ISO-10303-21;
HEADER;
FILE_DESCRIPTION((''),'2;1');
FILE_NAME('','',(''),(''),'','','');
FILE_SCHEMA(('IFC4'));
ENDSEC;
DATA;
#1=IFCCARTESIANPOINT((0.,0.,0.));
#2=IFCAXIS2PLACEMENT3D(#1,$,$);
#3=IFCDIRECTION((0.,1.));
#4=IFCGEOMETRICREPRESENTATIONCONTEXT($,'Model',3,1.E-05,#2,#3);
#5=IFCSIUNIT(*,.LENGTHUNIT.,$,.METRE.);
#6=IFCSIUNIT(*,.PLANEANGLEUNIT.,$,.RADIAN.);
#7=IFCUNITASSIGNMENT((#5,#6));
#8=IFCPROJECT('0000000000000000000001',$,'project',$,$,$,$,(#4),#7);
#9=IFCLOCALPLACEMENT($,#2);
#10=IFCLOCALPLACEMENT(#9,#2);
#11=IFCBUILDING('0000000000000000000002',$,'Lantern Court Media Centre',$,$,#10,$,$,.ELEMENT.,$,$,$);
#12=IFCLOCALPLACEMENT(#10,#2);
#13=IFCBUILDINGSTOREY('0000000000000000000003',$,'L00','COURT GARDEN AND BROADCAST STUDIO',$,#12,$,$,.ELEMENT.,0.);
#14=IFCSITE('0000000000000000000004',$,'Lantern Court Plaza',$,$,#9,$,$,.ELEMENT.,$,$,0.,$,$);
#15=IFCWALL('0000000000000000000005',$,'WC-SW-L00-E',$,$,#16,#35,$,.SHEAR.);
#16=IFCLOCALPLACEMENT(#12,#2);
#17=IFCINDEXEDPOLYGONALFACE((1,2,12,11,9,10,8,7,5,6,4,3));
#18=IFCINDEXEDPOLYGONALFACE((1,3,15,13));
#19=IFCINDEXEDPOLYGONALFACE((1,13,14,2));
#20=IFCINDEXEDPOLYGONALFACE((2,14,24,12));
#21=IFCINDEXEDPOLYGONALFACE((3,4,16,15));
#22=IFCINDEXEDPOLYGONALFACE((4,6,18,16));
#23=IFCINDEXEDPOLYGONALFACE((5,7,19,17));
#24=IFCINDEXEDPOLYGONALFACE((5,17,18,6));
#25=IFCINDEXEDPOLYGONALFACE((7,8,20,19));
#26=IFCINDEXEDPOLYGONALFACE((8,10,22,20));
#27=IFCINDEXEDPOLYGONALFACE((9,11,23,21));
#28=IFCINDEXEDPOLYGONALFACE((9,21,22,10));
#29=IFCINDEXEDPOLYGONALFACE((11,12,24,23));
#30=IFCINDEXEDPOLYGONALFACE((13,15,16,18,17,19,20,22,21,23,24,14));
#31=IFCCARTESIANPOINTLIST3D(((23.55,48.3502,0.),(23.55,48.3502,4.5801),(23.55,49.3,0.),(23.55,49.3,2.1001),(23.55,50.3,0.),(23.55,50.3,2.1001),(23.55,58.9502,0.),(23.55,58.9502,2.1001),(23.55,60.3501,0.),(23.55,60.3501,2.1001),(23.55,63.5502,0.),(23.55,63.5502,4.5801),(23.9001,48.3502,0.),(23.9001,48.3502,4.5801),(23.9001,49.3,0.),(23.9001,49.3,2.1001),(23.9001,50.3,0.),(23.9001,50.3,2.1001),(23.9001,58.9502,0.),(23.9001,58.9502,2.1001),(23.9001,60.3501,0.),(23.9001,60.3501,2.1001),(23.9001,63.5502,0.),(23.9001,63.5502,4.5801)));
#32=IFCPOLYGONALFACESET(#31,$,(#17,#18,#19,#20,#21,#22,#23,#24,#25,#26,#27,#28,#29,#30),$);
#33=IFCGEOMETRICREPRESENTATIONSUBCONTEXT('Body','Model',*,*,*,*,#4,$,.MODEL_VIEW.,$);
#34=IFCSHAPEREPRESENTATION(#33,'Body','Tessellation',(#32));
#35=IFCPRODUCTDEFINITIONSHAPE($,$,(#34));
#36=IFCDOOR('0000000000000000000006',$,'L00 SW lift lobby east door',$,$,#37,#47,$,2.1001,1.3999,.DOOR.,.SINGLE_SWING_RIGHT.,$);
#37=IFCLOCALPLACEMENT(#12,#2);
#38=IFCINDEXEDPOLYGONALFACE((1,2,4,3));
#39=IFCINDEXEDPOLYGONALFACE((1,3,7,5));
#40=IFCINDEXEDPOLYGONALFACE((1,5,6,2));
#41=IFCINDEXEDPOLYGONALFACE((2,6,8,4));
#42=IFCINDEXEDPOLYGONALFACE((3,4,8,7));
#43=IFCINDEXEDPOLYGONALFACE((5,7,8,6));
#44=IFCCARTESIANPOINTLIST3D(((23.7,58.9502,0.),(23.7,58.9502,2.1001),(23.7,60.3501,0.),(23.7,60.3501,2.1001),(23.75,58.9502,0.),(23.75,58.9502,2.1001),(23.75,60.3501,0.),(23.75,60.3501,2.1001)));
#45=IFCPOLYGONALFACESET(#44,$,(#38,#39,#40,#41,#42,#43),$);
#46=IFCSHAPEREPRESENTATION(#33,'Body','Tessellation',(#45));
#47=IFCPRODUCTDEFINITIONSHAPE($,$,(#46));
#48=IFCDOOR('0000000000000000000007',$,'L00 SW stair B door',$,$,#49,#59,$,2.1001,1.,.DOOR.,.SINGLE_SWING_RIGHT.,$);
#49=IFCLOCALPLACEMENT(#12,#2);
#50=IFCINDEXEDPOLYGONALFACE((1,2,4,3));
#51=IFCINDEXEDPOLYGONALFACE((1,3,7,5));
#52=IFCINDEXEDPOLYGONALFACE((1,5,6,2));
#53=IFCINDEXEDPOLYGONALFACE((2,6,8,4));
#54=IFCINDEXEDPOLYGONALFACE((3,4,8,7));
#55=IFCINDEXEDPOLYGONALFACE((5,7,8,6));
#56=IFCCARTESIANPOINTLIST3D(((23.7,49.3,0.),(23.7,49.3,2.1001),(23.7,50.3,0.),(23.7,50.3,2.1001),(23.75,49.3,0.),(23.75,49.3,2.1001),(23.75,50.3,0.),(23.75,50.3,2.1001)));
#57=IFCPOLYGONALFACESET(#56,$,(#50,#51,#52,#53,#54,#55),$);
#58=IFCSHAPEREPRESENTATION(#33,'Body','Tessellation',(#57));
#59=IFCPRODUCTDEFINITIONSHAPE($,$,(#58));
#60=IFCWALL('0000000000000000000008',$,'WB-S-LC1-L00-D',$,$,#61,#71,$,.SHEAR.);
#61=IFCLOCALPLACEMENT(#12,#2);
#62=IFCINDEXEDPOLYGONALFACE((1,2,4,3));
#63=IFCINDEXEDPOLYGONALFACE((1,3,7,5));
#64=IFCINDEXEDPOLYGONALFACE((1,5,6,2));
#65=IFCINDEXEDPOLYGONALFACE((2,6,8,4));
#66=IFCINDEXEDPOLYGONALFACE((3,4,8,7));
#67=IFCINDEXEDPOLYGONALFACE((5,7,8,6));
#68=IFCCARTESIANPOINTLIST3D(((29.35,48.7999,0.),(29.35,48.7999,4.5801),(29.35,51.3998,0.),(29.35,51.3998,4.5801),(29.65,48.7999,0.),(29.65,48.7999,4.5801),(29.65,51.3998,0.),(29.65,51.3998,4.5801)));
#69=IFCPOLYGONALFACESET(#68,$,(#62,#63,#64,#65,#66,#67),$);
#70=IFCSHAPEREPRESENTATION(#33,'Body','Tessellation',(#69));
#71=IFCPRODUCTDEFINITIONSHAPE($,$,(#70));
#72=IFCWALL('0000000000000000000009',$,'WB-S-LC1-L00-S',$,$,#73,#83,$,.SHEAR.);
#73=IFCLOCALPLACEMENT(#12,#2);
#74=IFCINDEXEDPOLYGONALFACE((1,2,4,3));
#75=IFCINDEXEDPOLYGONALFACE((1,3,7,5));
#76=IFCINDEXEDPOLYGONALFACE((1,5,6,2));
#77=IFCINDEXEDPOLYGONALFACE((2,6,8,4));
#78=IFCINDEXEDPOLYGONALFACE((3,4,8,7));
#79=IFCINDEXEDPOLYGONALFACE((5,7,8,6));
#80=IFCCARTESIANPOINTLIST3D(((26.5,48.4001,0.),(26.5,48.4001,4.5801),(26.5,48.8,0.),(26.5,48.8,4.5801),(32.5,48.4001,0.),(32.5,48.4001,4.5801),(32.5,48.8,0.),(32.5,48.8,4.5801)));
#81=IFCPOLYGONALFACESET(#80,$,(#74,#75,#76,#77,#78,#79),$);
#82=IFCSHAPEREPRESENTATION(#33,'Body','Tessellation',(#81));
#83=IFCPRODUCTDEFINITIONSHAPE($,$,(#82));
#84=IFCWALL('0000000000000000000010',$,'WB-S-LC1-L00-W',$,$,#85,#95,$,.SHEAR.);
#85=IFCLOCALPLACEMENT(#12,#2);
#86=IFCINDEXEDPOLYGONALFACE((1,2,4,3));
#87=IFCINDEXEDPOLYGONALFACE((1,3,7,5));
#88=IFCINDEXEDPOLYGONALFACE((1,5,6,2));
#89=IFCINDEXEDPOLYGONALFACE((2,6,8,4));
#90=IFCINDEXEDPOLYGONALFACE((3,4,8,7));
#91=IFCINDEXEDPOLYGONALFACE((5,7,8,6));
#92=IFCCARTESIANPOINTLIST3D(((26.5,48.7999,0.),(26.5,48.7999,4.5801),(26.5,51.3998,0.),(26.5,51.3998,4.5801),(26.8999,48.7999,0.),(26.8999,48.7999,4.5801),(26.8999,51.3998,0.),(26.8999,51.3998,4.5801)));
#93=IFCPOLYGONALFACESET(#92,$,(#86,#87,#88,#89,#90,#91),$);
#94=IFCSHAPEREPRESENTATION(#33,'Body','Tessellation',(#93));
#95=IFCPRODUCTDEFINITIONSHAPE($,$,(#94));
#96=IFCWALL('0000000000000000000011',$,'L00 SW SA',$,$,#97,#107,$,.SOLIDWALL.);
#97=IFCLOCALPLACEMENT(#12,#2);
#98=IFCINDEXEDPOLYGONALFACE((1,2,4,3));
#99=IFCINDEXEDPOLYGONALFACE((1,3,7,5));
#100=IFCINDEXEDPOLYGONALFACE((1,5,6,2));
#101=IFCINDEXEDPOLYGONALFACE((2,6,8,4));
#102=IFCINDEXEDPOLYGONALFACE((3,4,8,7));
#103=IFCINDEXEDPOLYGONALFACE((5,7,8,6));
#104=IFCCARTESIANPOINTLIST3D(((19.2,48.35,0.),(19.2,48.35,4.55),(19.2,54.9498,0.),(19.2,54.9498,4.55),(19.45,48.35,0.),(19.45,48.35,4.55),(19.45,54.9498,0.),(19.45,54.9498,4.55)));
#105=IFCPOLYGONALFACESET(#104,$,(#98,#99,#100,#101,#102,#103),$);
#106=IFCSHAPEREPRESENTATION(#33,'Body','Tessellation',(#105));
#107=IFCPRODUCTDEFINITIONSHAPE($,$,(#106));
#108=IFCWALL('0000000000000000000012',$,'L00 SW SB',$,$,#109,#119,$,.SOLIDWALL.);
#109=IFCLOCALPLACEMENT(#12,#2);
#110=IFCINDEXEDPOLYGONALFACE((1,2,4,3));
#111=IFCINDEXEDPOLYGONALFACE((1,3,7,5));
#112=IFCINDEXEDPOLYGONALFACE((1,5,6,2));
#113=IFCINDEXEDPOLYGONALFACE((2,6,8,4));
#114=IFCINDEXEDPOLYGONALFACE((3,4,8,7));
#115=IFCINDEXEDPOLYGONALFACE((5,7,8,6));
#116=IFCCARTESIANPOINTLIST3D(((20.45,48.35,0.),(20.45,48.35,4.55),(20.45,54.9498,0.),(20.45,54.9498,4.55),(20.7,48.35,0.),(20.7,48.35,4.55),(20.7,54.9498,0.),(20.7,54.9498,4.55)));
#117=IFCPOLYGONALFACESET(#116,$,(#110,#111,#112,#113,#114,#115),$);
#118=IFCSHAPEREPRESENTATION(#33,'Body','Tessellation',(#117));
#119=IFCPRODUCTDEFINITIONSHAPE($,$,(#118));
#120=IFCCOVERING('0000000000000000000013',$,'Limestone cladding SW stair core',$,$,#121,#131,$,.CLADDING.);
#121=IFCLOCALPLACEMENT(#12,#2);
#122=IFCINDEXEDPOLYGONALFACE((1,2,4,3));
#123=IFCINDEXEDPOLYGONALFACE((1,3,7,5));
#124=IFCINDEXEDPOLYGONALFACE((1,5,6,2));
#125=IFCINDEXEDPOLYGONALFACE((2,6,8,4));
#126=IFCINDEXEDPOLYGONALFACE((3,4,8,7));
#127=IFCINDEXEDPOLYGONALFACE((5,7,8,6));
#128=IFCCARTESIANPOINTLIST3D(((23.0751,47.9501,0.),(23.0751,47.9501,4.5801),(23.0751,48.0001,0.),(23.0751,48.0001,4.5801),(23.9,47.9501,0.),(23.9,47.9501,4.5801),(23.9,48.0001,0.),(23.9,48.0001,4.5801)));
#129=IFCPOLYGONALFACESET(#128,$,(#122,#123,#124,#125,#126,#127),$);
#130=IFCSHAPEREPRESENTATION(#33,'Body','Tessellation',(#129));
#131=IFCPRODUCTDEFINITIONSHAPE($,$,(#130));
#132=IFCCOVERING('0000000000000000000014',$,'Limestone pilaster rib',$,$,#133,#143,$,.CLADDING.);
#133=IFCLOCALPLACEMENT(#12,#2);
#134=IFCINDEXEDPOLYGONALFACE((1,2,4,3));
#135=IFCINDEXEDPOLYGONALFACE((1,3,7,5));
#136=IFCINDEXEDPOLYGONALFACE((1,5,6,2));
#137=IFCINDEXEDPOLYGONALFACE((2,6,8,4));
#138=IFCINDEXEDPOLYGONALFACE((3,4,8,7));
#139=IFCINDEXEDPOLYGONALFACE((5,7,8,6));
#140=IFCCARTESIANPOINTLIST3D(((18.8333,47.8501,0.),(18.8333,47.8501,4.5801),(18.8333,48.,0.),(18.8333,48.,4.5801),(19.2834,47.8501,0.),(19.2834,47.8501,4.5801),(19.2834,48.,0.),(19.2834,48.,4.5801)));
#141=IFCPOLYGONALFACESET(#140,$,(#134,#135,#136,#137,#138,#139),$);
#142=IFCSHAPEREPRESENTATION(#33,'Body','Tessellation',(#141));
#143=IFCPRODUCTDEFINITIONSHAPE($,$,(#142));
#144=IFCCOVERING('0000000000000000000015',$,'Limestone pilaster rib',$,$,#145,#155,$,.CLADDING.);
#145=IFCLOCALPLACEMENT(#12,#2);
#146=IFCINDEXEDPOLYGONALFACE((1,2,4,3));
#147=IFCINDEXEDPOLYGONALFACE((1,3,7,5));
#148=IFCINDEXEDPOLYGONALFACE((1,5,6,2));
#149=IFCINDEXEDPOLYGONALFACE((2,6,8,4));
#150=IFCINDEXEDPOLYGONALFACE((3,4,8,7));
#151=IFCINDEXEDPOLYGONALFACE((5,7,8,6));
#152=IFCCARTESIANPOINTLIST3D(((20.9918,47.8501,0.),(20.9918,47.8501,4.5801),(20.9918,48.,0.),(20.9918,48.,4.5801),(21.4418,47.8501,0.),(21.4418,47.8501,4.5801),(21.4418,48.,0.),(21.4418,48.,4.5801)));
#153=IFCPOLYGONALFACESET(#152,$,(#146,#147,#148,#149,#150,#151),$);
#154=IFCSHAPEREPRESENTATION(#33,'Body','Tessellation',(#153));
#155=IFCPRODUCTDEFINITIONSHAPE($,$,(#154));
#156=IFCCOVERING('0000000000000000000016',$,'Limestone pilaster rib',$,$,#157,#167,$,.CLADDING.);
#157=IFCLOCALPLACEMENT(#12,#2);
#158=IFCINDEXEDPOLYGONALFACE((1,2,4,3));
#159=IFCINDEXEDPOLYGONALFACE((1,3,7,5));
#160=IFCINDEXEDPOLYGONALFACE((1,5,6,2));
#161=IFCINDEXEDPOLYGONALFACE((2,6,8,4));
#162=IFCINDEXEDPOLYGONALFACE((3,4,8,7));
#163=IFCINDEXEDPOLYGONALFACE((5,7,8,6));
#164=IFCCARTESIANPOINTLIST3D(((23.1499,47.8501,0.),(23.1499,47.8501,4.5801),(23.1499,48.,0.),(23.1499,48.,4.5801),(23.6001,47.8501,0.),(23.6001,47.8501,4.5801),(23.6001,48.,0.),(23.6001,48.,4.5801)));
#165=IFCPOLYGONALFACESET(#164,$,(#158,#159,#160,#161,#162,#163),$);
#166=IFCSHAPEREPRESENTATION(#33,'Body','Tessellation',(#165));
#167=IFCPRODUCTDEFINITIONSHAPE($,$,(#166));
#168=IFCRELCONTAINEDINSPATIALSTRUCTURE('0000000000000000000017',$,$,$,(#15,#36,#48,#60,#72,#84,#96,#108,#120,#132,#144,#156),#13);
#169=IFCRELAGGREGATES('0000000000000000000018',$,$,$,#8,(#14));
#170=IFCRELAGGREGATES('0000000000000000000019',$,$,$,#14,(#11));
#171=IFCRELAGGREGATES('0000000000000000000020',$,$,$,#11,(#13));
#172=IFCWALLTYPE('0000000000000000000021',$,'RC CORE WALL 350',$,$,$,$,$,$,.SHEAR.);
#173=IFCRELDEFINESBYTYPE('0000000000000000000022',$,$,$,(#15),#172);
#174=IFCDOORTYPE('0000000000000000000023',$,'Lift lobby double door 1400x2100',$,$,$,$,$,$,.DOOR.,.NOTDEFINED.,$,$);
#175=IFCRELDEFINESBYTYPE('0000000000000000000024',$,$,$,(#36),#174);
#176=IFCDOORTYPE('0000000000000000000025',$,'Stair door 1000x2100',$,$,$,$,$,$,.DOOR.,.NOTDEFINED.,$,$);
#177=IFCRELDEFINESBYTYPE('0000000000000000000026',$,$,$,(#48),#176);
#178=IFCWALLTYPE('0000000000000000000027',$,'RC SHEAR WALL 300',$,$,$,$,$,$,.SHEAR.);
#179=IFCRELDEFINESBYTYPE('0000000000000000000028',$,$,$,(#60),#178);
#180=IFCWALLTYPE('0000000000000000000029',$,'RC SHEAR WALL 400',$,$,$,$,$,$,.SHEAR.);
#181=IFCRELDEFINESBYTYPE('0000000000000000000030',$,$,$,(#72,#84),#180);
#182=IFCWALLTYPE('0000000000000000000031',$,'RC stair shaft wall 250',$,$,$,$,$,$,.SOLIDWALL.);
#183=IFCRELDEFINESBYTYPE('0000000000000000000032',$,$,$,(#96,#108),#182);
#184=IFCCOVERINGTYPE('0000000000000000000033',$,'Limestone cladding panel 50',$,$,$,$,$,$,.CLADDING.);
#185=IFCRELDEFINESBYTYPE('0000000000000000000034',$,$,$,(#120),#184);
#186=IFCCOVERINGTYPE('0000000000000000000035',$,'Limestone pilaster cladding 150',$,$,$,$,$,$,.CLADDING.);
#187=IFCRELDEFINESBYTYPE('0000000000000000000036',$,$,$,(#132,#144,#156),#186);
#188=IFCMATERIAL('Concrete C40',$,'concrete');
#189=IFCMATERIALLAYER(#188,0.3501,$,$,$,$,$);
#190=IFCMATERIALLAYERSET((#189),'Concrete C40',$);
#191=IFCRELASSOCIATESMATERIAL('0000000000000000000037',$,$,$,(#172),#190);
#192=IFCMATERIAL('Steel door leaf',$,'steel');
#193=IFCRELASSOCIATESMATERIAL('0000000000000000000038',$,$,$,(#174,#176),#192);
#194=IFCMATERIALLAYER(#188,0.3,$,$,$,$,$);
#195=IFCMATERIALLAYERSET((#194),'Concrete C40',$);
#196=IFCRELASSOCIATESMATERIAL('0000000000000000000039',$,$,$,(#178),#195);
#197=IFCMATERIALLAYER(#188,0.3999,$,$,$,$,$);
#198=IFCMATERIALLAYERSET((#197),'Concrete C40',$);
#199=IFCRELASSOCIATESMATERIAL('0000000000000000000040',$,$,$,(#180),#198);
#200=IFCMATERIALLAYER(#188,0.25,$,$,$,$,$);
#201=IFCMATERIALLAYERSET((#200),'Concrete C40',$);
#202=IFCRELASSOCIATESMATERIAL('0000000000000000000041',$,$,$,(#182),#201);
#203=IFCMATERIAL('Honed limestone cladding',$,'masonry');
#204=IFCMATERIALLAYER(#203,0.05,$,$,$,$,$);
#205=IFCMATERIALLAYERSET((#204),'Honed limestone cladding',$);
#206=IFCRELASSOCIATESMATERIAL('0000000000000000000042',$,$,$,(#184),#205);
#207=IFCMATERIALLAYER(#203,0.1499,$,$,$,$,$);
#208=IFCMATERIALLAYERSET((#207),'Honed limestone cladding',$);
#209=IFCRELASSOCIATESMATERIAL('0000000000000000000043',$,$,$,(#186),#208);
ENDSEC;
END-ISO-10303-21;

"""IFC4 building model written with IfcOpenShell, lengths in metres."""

from ifc_helpers import new_model, si_unit, direction, frame, frame_2d, origin, place, context, subcontext, project, spatial, rectangle, extrude, material, layer, layer_set, type_object, element, fill, save


model = new_model("IFC4")

# Units and contexts
model_context = context("Model", 3, precision=1e-05, world=origin(), true_north=direction((0.0, 1.0)))
body_context = subcontext(model_context, "Body", "Model", "MODEL_VIEW")
ifc_project = project(units=[si_unit("LENGTHUNIT", "METRE"), si_unit("PLANEANGLEUNIT", "RADIAN")], contexts=[model_context])

# Site, building, storey
site_placement = place(None, origin())
site = spatial("IfcSite", under=ifc_project, at=site_placement, Name="Lantern Court Plaza", CompositionType="ELEMENT", RefElevation=0.0)
building_placement = place(site_placement, origin())
building = spatial("IfcBuilding", under=site, at=building_placement, Name="Lantern Court Media Centre", CompositionType="ELEMENT")
storey_placement = place(building_placement, origin())
storey = spatial("IfcBuildingStorey", under=building, at=storey_placement, Name="L00", Description="COURT GARDEN AND BROADCAST STUDIO", CompositionType="ELEMENT", Elevation=0.0)

# Wall, openings, doors
ifc_material_1 = material(Name="Concrete C40", Category="concrete")
ifc_layer_1 = layer(ifc_material_1, 0.3501)
ifc_layer_set_1 = layer_set([ifc_layer_1], Name="Concrete C40")
wall_type_1 = type_object("IfcWallType", Name="RC CORE WALL 350", PredefinedType="SHEAR", material=ifc_layer_set_1)
wall_1_placement = place(storey_placement, frame((23.7251, 48.3501, 0.0), z_axis=(0.0, 0.0, 1.0), x_axis=(0.0, 1.0, 0.0)))
wall_1 = element("IfcWall", 1, at=wall_1_placement, inside=storey, type_object=wall_type_1, Name="WC-SW-L00-E", PredefinedType="SHEAR", context=body_context, shape_type="SweptSolid", body=[
    extrude(rectangle(XDim=15.2, YDim=0.3501, at=frame_2d((7.6001, 0.0))), origin(), (0.0, 0.0, 1.0), 4.5801),
])
opening_1_placement = place(wall_1_placement, frame((0.95, 0.0, 0.0)))
opening_1 = element("IfcOpeningElement", 2, at=opening_1_placement, cuts=wall_1, PredefinedType="OPENING", context=body_context, shape_type="SweptSolid", body=[
    extrude(rectangle(XDim=1.0, YDim=2.1001, at=frame_2d((0.5, 1.05))), frame((0.0, 0.1851, 0.0), z_axis=(0.0, -1.0, 0.0), x_axis=(1.0, 0.0, 0.0)), (0.0, 0.0, 1.0), 0.3701),
])
opening_2_placement = place(wall_1_placement, frame((10.6001, 0.0, 0.0)))
opening_2 = element("IfcOpeningElement", 3, at=opening_2_placement, cuts=wall_1, PredefinedType="OPENING", context=body_context, shape_type="SweptSolid", body=[
    extrude(rectangle(XDim=1.3999, YDim=2.1001, at=frame_2d((0.7, 1.05))), frame((0.0, 0.1851, 0.0), z_axis=(0.0, -1.0, 0.0), x_axis=(1.0, 0.0, 0.0)), (0.0, 0.0, 1.0), 0.3701),
])
ifc_material_2 = material(Name="Steel door leaf", Category="steel")
door_type_1 = type_object("IfcDoorType", Name="Lift lobby double door 1400x2100", OperationType="NOTDEFINED", PredefinedType="DOOR", material=ifc_material_2)
door_1_placement = place(opening_2_placement, frame((1.3999, 0.0, 0.0), z_axis=(0.0, 0.0, 1.0), x_axis=(-1.0, 0.0, 0.0)))
door_1 = element("IfcDoor", 4, at=door_1_placement, inside=storey, type_object=door_type_1, Name="L00 SW lift lobby east door", OperationType="SINGLE_SWING_RIGHT", OverallHeight=2.1001, OverallWidth=1.3999, PredefinedType="DOOR", context=body_context, shape_type="SweptSolid", body=[
    extrude(rectangle(XDim=1.3999, YDim=2.1001, at=frame_2d((0.7, 1.05))), frame((0.0, 0.0249, 0.0), z_axis=(0.0, -1.0, 0.0), x_axis=(1.0, 0.0, 0.0)), (0.0, 0.0, 1.0), 0.05),
])
fill(opening_2, door_1)
door_type_2 = type_object("IfcDoorType", Name="Stair door 1000x2100", OperationType="NOTDEFINED", PredefinedType="DOOR", material=ifc_material_2)
door_2_placement = place(opening_1_placement, frame((1.0, 0.0, 0.0), z_axis=(0.0, 0.0, 1.0), x_axis=(-1.0, 0.0, 0.0)))
door_2 = element("IfcDoor", 5, at=door_2_placement, inside=storey, type_object=door_type_2, Name="L00 SW stair B door", OperationType="SINGLE_SWING_RIGHT", OverallHeight=2.1001, OverallWidth=1.0, PredefinedType="DOOR", context=body_context, shape_type="SweptSolid", body=[
    extrude(rectangle(XDim=1.0, YDim=2.1001, at=frame_2d((0.5, 1.05))), frame((0.0, 0.0249, 0.0), z_axis=(0.0, -1.0, 0.0), x_axis=(1.0, 0.0, 0.0)), (0.0, 0.0, 1.0), 0.05),
])
fill(opening_1, door_2)

# Walls
ifc_layer_2 = layer(ifc_material_1, 0.3)
ifc_layer_set_2 = layer_set([ifc_layer_2], Name="Concrete C40")
wall_type_2 = type_object("IfcWallType", Name="RC SHEAR WALL 300", PredefinedType="SHEAR", material=ifc_layer_set_2)
wall_2_placement = place(storey_placement, frame((29.5, 48.8, 0.0), z_axis=(0.0, 0.0, 1.0), x_axis=(0.0, 1.0, 0.0)))
element("IfcWall", 6, at=wall_2_placement, inside=storey, type_object=wall_type_2, Name="WB-S-LC1-L00-D", PredefinedType="SHEAR", context=body_context, shape_type="SweptSolid", body=[
    extrude(rectangle(XDim=2.5999, YDim=0.3, at=frame_2d((1.2998, 0.0))), origin(), (0.0, 0.0, 1.0), 4.5801),
])
ifc_layer_3 = layer(ifc_material_1, 0.3999)
ifc_layer_set_3 = layer_set([ifc_layer_3], Name="Concrete C40")
wall_type_3 = type_object("IfcWallType", Name="RC SHEAR WALL 400", PredefinedType="SHEAR", material=ifc_layer_set_3)
wall_3_placement = place(storey_placement, frame((26.5, 48.6001, 0.0), z_axis=(0.0, 0.0, 1.0), x_axis=(1.0, 0.0, 0.0)))
element("IfcWall", 7, at=wall_3_placement, inside=storey, type_object=wall_type_3, Name="WB-S-LC1-L00-S", PredefinedType="SHEAR", context=body_context, shape_type="SweptSolid", body=[
    extrude(rectangle(XDim=6.0, YDim=0.3999, at=frame_2d((3.0, 0.0))), origin(), (0.0, 0.0, 1.0), 4.5801),
])
wall_4_placement = place(storey_placement, frame((26.7, 48.8, 0.0), z_axis=(0.0, 0.0, 1.0), x_axis=(0.0, 1.0, 0.0)))
element("IfcWall", 8, at=wall_4_placement, inside=storey, type_object=wall_type_3, Name="WB-S-LC1-L00-W", PredefinedType="SHEAR", context=body_context, shape_type="SweptSolid", body=[
    extrude(rectangle(XDim=2.5999, YDim=0.3999, at=frame_2d((1.2998, 0.0))), origin(), (0.0, 0.0, 1.0), 4.5801),
])
ifc_layer_4 = layer(ifc_material_1, 0.25)
ifc_layer_set_4 = layer_set([ifc_layer_4], Name="Concrete C40")
wall_type_4 = type_object("IfcWallType", Name="RC stair shaft wall 250", PredefinedType="SOLIDWALL", material=ifc_layer_set_4)
for number, where, z_axis, x_axis, name in (
    (9, (19.325, 48.3501, 0.0), (0.0, 0.0, 1.0), (0.0, 1.0, 0.0), "L00 SW SA"),
    (10, (20.575, 48.3501, 0.0), (0.0, 0.0, 1.0), (0.0, 1.0, 0.0), "L00 SW SB"),
):
    element("IfcWall", number, at=place(storey_placement, frame(where, z_axis=z_axis, x_axis=x_axis)), inside=storey, type_object=wall_type_4, Name=name, PredefinedType="SOLIDWALL", context=body_context, shape_type="SweptSolid", body=[
        extrude(rectangle(XDim=6.5999, YDim=0.25, at=frame_2d((3.2998, 0.0))), origin(), (0.0, 0.0, 1.0), 4.55),
    ])

# Coverings
ifc_material_3 = material(Name="Honed limestone cladding", Category="masonry")
ifc_layer_5 = layer(ifc_material_3, 0.05)
ifc_layer_set_5 = layer_set([ifc_layer_5], Name="Honed limestone cladding")
covering_type_1 = type_object("IfcCoveringType", Name="Limestone cladding panel 50", PredefinedType="CLADDING", material=ifc_layer_set_5)
covering_1_placement = place(storey_placement, frame((23.075, 47.9751, 0.0), z_axis=(0.0, 0.0, 1.0), x_axis=(1.0, 0.0, 0.0)))
element("IfcCovering", 11, at=covering_1_placement, inside=storey, type_object=covering_type_1, Name="Limestone cladding SW stair core", PredefinedType="CLADDING", context=body_context, shape_type="SweptSolid", body=[
    extrude(rectangle(XDim=0.825, YDim=0.05, at=frame_2d((0.4126, 0.0))), origin(), (0.0, 0.0, 1.0), 4.5801),
])
ifc_layer_6 = layer(ifc_material_3, 0.1499)
ifc_layer_set_6 = layer_set([ifc_layer_6], Name="Honed limestone cladding")
covering_type_2 = type_object("IfcCoveringType", Name="Limestone pilaster cladding 150", PredefinedType="CLADDING", material=ifc_layer_set_6)
covering_2_placement = place(storey_placement, frame((18.8333, 47.925, 0.0), z_axis=(0.0, 0.0, 1.0), x_axis=(1.0, 0.0, 0.0)))
element("IfcCovering", 12, at=covering_2_placement, inside=storey, type_object=covering_type_2, Name="Limestone pilaster rib", PredefinedType="CLADDING", context=body_context, shape_type="SweptSolid", body=[
    extrude(rectangle(XDim=0.4502, YDim=0.1499, at=frame_2d((0.2251, 0.0))), origin(), (0.0, 0.0, 1.0), 4.5801),
])
covering_3_placement = place(storey_placement, frame((20.9917, 47.925, 0.0), z_axis=(0.0, 0.0, 1.0), x_axis=(1.0, 0.0, 0.0)))
element("IfcCovering", 13, at=covering_3_placement, inside=storey, type_object=covering_type_2, Name="Limestone pilaster rib", PredefinedType="CLADDING", context=body_context, shape_type="SweptSolid", body=[
    extrude(rectangle(XDim=0.45, YDim=0.1499, at=frame_2d((0.2251, 0.0))), origin(), (0.0, 0.0, 1.0), 4.5801),
])
covering_4_placement = place(storey_placement, frame((23.1499, 47.925, 0.0), z_axis=(0.0, 0.0, 1.0), x_axis=(1.0, 0.0, 0.0)))
element("IfcCovering", 14, at=covering_4_placement, inside=storey, type_object=covering_type_2, Name="Limestone pilaster rib", PredefinedType="CLADDING", context=body_context, shape_type="SweptSolid", body=[
    extrude(rectangle(XDim=0.4502, YDim=0.1499, at=frame_2d((0.2251, 0.0))), origin(), (0.0, 0.0, 1.0), 4.5801),
])

save(model, "model.ifc")
